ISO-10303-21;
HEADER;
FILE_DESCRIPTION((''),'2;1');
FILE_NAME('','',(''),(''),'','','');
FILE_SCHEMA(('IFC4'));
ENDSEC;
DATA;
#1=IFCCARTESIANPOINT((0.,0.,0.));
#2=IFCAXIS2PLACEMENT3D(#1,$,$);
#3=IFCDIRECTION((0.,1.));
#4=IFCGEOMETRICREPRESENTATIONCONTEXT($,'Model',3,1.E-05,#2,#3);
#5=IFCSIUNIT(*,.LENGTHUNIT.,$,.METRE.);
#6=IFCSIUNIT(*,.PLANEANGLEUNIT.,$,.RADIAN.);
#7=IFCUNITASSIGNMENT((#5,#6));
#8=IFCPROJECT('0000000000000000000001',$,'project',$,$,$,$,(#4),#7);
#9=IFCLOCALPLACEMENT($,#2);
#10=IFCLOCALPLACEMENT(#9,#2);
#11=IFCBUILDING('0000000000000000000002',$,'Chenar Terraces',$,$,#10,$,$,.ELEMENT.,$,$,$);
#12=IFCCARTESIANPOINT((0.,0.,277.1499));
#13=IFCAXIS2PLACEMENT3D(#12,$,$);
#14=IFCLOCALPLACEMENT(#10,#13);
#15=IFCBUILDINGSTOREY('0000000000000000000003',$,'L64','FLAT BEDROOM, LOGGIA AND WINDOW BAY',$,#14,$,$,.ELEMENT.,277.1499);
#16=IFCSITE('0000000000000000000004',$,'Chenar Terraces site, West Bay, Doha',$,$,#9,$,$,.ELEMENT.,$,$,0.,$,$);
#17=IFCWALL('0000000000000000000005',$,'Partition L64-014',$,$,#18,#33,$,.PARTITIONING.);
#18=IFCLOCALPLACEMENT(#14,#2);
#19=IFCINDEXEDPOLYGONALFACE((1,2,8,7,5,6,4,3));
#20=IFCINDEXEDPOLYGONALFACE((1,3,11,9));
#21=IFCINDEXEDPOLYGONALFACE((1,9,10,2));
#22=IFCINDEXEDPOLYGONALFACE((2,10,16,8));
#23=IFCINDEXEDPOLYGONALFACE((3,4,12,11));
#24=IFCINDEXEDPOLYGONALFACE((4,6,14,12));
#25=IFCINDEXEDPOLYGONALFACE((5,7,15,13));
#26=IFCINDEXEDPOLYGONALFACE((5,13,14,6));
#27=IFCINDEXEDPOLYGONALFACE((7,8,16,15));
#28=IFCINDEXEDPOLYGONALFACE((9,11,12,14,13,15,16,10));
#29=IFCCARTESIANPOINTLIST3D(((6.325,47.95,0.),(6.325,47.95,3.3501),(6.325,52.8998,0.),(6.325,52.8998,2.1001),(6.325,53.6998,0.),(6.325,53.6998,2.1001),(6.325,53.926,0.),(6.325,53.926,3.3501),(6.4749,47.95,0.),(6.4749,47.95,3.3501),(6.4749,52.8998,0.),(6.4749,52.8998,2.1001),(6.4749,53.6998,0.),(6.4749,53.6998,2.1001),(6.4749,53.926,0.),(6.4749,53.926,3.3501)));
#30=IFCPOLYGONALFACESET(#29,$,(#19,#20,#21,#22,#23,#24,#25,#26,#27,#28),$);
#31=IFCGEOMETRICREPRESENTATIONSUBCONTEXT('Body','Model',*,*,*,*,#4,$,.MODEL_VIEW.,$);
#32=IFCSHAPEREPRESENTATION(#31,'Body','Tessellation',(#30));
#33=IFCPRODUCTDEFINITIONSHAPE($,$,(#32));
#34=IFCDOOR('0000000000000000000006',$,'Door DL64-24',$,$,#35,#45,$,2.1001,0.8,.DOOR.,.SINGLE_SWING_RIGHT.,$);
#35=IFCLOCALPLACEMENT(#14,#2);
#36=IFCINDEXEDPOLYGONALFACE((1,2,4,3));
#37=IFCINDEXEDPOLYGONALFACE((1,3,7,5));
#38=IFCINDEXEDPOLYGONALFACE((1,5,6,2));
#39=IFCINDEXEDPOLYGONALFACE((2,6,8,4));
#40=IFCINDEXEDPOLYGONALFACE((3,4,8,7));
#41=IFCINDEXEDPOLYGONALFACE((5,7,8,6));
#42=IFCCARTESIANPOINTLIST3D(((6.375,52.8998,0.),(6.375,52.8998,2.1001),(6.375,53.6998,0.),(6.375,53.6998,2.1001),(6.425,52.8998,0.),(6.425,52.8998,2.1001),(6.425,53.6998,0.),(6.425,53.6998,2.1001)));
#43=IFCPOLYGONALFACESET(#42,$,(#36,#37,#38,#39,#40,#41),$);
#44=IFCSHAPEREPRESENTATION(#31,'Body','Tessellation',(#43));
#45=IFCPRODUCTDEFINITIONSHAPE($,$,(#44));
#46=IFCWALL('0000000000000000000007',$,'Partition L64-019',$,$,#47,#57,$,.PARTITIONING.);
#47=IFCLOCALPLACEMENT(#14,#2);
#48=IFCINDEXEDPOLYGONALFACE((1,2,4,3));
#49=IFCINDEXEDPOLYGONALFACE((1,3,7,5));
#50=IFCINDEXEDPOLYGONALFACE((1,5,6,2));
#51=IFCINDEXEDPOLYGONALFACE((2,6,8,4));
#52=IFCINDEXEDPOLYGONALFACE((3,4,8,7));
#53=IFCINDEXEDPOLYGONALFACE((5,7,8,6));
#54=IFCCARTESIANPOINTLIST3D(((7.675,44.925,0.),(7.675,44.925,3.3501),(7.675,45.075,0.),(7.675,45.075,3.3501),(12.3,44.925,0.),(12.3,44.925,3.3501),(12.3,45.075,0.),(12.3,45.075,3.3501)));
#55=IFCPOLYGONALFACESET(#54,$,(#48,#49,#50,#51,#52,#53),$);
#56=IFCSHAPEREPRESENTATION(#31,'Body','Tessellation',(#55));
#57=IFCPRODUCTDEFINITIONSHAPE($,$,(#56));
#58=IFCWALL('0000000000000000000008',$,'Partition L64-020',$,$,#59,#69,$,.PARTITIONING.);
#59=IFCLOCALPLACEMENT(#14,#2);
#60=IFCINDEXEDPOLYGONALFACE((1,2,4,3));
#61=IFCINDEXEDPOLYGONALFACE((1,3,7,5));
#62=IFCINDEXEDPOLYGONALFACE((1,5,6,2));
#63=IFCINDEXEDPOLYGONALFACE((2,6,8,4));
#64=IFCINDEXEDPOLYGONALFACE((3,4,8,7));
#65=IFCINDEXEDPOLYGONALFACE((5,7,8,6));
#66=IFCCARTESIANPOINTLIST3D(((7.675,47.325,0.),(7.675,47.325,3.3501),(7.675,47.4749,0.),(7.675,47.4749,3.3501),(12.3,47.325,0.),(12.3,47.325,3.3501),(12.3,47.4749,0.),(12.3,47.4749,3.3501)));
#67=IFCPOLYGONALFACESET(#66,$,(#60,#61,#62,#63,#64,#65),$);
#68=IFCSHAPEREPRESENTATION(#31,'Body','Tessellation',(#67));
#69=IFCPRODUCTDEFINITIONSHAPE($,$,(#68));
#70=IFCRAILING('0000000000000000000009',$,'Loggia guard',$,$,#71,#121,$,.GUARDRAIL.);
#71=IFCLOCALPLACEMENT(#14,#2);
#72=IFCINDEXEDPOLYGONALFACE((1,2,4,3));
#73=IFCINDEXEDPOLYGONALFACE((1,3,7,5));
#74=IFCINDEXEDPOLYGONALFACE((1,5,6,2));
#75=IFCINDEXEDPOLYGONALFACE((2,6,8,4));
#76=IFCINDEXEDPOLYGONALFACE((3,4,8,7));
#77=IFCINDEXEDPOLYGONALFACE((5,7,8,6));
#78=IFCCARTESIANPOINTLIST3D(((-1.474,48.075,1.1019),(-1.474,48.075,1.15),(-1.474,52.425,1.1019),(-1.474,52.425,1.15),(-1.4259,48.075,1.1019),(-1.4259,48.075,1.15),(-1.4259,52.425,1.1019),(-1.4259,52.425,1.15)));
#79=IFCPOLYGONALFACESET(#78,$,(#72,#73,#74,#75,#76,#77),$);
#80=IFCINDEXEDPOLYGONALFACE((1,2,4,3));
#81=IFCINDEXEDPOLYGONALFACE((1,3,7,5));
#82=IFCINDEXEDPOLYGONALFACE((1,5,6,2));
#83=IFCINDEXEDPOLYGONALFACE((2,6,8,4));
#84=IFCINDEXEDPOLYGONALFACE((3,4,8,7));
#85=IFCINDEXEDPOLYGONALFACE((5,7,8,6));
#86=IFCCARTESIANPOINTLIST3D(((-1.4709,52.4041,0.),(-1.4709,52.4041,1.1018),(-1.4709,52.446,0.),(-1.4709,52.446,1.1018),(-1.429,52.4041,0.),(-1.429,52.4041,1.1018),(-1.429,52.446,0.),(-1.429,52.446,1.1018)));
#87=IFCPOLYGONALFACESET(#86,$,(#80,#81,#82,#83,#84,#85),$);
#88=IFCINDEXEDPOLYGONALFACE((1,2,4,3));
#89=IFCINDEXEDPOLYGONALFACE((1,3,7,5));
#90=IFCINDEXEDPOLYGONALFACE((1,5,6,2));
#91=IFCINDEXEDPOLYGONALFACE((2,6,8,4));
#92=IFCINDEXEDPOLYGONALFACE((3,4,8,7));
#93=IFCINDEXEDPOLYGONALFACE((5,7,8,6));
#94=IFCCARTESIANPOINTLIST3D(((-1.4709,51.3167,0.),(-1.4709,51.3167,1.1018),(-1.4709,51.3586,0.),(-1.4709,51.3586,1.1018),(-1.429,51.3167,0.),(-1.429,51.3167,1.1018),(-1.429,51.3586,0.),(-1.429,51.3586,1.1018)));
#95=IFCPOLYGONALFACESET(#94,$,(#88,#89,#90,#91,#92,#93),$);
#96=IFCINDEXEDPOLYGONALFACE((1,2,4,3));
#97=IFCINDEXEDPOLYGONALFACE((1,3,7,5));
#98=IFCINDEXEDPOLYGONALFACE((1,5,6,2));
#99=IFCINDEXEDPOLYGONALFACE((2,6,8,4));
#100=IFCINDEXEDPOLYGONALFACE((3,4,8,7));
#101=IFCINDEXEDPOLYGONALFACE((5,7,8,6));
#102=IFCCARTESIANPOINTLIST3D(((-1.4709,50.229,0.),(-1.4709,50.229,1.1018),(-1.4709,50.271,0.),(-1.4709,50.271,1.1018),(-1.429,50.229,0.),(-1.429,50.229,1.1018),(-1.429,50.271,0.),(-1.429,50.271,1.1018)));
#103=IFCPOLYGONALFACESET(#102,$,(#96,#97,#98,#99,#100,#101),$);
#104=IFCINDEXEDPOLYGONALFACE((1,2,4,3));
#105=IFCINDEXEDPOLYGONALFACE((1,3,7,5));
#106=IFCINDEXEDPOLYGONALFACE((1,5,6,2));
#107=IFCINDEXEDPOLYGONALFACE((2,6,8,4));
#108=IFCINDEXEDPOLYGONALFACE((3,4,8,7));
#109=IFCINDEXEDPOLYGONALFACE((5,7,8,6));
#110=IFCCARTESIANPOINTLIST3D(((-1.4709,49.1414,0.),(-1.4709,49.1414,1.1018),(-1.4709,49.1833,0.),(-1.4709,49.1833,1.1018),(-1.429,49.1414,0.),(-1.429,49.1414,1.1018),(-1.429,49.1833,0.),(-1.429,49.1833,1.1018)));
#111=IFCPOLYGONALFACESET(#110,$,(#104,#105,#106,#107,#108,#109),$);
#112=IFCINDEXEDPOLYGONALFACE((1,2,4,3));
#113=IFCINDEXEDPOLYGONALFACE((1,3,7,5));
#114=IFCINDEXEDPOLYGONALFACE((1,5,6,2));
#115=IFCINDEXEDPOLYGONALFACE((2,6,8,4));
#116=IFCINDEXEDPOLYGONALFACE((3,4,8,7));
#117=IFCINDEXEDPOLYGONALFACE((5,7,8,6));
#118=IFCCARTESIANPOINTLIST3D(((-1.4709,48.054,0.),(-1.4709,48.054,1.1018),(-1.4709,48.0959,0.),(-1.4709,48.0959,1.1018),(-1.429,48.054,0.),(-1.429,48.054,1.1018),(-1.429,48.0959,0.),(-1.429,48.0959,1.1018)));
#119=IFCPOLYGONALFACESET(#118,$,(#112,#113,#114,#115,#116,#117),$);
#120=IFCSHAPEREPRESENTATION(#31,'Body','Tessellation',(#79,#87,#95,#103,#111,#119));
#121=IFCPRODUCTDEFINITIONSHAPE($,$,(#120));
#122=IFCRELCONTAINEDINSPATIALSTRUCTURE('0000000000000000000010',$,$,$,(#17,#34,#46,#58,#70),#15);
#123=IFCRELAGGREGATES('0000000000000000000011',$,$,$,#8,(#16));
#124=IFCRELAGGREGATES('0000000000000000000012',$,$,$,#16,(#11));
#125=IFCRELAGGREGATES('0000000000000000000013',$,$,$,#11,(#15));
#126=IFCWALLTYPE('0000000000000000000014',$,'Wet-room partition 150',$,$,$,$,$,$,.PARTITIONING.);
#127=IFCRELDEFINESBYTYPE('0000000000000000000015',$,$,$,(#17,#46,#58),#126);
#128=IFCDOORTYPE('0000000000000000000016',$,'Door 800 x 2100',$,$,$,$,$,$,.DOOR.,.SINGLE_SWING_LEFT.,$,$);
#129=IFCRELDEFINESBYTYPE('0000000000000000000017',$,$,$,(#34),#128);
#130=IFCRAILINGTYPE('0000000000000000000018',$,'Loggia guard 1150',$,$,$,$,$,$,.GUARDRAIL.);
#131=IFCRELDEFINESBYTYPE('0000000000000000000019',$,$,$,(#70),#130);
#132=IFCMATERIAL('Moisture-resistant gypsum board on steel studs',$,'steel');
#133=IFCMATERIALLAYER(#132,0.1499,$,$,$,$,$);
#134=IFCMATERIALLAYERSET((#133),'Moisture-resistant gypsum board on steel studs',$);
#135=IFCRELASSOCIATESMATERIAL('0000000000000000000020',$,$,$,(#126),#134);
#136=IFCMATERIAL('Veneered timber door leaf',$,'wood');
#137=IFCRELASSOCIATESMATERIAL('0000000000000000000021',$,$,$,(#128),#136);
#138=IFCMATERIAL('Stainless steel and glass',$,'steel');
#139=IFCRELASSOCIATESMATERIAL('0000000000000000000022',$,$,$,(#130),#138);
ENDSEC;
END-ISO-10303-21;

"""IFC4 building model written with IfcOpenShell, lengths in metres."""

from ifc_helpers import new_model, si_unit, direction, frame, frame_2d, origin, origin_2d, place, context, subcontext, project, spatial, rectangle, extrude, material, layer, layer_set, type_object, element, fill, save


model = new_model("IFC4")

# Units and contexts
model_context = context("Model", 3, precision=1e-05, world=origin(), true_north=direction((0.0, 1.0)))
body_context = subcontext(model_context, "Body", "Model", "MODEL_VIEW")
ifc_project = project(units=[si_unit("LENGTHUNIT", "METRE"), si_unit("PLANEANGLEUNIT", "RADIAN")], contexts=[model_context])

# Site, building, storey
site_placement = place(None, origin())
site = spatial("IfcSite", under=ifc_project, at=site_placement, Name="Chenar Terraces site, West Bay, Doha", CompositionType="ELEMENT", RefElevation=0.0)
building_placement = place(site_placement, origin())
building = spatial("IfcBuilding", under=site, at=building_placement, Name="Chenar Terraces", CompositionType="ELEMENT")
storey_placement = place(building_placement, frame((0.0, 0.0, 277.1499)))
storey = spatial("IfcBuildingStorey", under=building, at=storey_placement, Name="L64", Description="FLAT BEDROOM, LOGGIA AND WINDOW BAY", CompositionType="ELEMENT", Elevation=277.1499)

# Shared definitions
ifc_material_1 = material(Name="Moisture-resistant gypsum board on steel studs", Category="steel")
ifc_layer_1 = layer(ifc_material_1, 0.1499)
ifc_layer_set_1 = layer_set([ifc_layer_1], Name="Moisture-resistant gypsum board on steel studs")
wall_type_1 = type_object("IfcWallType", Name="Wet-room partition 150", PredefinedType="PARTITIONING", material=ifc_layer_set_1)

# Shared definitions
ifc_material_2 = material(Name="Veneered timber door leaf", Category="wood")
door_type_1 = type_object("IfcDoorType", Name="Door 800 x 2100", OperationType="SINGLE_SWING_LEFT", PredefinedType="DOOR", material=ifc_material_2)

# Wall, opening, door
wall_1_placement = place(storey_placement, frame((6.3999, 47.95, 0.0), z_axis=(0.0, 0.0, 1.0), x_axis=(0.0, 1.0, 0.0)))
wall_1 = element("IfcWall", 1, at=wall_1_placement, inside=storey, type_object=wall_type_1, Name="Partition L64-014", PredefinedType="PARTITIONING", context=body_context, shape_type="SweptSolid", body=[
    extrude(rectangle(XDim=5.9761, YDim=0.1499, at=frame_2d((2.988, 0.0))), origin(), (0.0, 0.0, 1.0), 3.3501),
])
opening_1_placement = place(wall_1_placement, frame((4.95, 0.0, 0.0)))
opening_1 = element("IfcOpeningElement", 2, at=opening_1_placement, cuts=wall_1, PredefinedType="OPENING", context=body_context, shape_type="SweptSolid", body=[
    extrude(rectangle(XDim=0.8, YDim=2.1001, at=frame_2d((0.3999, 1.05))), frame((0.0, 0.085, 0.0), z_axis=(0.0, -1.0, 0.0), x_axis=(1.0, 0.0, 0.0)), (0.0, 0.0, 1.0), 0.1699),
])
door_1_placement = place(opening_1_placement, origin())
door_1 = element("IfcDoor", 3, at=door_1_placement, inside=storey, type_object=door_type_1, Name="Door DL64-24", OperationType="SINGLE_SWING_RIGHT", OverallHeight=2.1001, OverallWidth=0.8, PredefinedType="DOOR", context=body_context, shape_type="SweptSolid", body=[
    extrude(rectangle(XDim=0.8, YDim=2.1001, at=frame_2d((0.3999, 1.05))), frame((0.0, 0.0249, 0.0), z_axis=(0.0, -1.0, 0.0), x_axis=(1.0, 0.0, 0.0)), (0.0, 0.0, 1.0), 0.05),
])
fill(opening_1, door_1)

# Walls
for number, where, z_axis, x_axis, name in (
    (4, (7.675, 45.0, 0.0), (0.0, 0.0, 1.0), (1.0, 0.0, 0.0), "Partition L64-019"),
    (5, (7.675, 47.3999, 0.0), (0.0, 0.0, 1.0), (1.0, 0.0, 0.0), "Partition L64-020"),
):
    element("IfcWall", number, at=place(storey_placement, frame(where, z_axis=z_axis, x_axis=x_axis)), inside=storey, type_object=wall_type_1, Name=name, PredefinedType="PARTITIONING", context=body_context, shape_type="SweptSolid", body=[
        extrude(rectangle(XDim=4.625, YDim=0.1499, at=frame_2d((2.3125, 0.0))), origin(), (0.0, 0.0, 1.0), 3.3501),
    ])

# Railing
ifc_material_3 = material(Name="Stainless steel and glass", Category="steel")
railing_type = type_object("IfcRailingType", Name="Loggia guard 1150", PredefinedType="GUARDRAIL", material=ifc_material_3)
railing_placement = place(storey_placement, frame((-1.45, 52.425, 0.0)))
element("IfcRailing", 6, at=railing_placement, inside=storey, type_object=railing_type, Name="Loggia guard", PredefinedType="GUARDRAIL", context=body_context, shape_type="SweptSolid", body=[
    extrude(rectangle(XDim=0.0481, YDim=0.0481, at=origin_2d()), frame((0.0, 0.0, 1.126), z_axis=(0.0, -1.0, 0.0), x_axis=(1.0, 0.0, 0.0)), (0.0, 0.0, 1.0), 4.3501),
    extrude(rectangle(XDim=0.042, YDim=0.042, at=origin_2d()), origin(), (0.0, 0.0, 1.0), 1.1018),
    extrude(rectangle(XDim=0.042, YDim=0.042, at=origin_2d()), frame((0.0, -1.0874, 0.0)), (0.0, 0.0, 1.0), 1.1018),
    extrude(rectangle(XDim=0.042, YDim=0.042, at=origin_2d()), frame((0.0, -2.175, 0.0)), (0.0, 0.0, 1.0), 1.1018),
    extrude(rectangle(XDim=0.042, YDim=0.042, at=origin_2d()), frame((0.0, -3.2627, 0.0)), (0.0, 0.0, 1.0), 1.1018),
    extrude(rectangle(XDim=0.042, YDim=0.042, at=origin_2d()), frame((0.0, -4.3501, 0.0)), (0.0, 0.0, 1.0), 1.1018),
])

save(model, "model.ifc")
